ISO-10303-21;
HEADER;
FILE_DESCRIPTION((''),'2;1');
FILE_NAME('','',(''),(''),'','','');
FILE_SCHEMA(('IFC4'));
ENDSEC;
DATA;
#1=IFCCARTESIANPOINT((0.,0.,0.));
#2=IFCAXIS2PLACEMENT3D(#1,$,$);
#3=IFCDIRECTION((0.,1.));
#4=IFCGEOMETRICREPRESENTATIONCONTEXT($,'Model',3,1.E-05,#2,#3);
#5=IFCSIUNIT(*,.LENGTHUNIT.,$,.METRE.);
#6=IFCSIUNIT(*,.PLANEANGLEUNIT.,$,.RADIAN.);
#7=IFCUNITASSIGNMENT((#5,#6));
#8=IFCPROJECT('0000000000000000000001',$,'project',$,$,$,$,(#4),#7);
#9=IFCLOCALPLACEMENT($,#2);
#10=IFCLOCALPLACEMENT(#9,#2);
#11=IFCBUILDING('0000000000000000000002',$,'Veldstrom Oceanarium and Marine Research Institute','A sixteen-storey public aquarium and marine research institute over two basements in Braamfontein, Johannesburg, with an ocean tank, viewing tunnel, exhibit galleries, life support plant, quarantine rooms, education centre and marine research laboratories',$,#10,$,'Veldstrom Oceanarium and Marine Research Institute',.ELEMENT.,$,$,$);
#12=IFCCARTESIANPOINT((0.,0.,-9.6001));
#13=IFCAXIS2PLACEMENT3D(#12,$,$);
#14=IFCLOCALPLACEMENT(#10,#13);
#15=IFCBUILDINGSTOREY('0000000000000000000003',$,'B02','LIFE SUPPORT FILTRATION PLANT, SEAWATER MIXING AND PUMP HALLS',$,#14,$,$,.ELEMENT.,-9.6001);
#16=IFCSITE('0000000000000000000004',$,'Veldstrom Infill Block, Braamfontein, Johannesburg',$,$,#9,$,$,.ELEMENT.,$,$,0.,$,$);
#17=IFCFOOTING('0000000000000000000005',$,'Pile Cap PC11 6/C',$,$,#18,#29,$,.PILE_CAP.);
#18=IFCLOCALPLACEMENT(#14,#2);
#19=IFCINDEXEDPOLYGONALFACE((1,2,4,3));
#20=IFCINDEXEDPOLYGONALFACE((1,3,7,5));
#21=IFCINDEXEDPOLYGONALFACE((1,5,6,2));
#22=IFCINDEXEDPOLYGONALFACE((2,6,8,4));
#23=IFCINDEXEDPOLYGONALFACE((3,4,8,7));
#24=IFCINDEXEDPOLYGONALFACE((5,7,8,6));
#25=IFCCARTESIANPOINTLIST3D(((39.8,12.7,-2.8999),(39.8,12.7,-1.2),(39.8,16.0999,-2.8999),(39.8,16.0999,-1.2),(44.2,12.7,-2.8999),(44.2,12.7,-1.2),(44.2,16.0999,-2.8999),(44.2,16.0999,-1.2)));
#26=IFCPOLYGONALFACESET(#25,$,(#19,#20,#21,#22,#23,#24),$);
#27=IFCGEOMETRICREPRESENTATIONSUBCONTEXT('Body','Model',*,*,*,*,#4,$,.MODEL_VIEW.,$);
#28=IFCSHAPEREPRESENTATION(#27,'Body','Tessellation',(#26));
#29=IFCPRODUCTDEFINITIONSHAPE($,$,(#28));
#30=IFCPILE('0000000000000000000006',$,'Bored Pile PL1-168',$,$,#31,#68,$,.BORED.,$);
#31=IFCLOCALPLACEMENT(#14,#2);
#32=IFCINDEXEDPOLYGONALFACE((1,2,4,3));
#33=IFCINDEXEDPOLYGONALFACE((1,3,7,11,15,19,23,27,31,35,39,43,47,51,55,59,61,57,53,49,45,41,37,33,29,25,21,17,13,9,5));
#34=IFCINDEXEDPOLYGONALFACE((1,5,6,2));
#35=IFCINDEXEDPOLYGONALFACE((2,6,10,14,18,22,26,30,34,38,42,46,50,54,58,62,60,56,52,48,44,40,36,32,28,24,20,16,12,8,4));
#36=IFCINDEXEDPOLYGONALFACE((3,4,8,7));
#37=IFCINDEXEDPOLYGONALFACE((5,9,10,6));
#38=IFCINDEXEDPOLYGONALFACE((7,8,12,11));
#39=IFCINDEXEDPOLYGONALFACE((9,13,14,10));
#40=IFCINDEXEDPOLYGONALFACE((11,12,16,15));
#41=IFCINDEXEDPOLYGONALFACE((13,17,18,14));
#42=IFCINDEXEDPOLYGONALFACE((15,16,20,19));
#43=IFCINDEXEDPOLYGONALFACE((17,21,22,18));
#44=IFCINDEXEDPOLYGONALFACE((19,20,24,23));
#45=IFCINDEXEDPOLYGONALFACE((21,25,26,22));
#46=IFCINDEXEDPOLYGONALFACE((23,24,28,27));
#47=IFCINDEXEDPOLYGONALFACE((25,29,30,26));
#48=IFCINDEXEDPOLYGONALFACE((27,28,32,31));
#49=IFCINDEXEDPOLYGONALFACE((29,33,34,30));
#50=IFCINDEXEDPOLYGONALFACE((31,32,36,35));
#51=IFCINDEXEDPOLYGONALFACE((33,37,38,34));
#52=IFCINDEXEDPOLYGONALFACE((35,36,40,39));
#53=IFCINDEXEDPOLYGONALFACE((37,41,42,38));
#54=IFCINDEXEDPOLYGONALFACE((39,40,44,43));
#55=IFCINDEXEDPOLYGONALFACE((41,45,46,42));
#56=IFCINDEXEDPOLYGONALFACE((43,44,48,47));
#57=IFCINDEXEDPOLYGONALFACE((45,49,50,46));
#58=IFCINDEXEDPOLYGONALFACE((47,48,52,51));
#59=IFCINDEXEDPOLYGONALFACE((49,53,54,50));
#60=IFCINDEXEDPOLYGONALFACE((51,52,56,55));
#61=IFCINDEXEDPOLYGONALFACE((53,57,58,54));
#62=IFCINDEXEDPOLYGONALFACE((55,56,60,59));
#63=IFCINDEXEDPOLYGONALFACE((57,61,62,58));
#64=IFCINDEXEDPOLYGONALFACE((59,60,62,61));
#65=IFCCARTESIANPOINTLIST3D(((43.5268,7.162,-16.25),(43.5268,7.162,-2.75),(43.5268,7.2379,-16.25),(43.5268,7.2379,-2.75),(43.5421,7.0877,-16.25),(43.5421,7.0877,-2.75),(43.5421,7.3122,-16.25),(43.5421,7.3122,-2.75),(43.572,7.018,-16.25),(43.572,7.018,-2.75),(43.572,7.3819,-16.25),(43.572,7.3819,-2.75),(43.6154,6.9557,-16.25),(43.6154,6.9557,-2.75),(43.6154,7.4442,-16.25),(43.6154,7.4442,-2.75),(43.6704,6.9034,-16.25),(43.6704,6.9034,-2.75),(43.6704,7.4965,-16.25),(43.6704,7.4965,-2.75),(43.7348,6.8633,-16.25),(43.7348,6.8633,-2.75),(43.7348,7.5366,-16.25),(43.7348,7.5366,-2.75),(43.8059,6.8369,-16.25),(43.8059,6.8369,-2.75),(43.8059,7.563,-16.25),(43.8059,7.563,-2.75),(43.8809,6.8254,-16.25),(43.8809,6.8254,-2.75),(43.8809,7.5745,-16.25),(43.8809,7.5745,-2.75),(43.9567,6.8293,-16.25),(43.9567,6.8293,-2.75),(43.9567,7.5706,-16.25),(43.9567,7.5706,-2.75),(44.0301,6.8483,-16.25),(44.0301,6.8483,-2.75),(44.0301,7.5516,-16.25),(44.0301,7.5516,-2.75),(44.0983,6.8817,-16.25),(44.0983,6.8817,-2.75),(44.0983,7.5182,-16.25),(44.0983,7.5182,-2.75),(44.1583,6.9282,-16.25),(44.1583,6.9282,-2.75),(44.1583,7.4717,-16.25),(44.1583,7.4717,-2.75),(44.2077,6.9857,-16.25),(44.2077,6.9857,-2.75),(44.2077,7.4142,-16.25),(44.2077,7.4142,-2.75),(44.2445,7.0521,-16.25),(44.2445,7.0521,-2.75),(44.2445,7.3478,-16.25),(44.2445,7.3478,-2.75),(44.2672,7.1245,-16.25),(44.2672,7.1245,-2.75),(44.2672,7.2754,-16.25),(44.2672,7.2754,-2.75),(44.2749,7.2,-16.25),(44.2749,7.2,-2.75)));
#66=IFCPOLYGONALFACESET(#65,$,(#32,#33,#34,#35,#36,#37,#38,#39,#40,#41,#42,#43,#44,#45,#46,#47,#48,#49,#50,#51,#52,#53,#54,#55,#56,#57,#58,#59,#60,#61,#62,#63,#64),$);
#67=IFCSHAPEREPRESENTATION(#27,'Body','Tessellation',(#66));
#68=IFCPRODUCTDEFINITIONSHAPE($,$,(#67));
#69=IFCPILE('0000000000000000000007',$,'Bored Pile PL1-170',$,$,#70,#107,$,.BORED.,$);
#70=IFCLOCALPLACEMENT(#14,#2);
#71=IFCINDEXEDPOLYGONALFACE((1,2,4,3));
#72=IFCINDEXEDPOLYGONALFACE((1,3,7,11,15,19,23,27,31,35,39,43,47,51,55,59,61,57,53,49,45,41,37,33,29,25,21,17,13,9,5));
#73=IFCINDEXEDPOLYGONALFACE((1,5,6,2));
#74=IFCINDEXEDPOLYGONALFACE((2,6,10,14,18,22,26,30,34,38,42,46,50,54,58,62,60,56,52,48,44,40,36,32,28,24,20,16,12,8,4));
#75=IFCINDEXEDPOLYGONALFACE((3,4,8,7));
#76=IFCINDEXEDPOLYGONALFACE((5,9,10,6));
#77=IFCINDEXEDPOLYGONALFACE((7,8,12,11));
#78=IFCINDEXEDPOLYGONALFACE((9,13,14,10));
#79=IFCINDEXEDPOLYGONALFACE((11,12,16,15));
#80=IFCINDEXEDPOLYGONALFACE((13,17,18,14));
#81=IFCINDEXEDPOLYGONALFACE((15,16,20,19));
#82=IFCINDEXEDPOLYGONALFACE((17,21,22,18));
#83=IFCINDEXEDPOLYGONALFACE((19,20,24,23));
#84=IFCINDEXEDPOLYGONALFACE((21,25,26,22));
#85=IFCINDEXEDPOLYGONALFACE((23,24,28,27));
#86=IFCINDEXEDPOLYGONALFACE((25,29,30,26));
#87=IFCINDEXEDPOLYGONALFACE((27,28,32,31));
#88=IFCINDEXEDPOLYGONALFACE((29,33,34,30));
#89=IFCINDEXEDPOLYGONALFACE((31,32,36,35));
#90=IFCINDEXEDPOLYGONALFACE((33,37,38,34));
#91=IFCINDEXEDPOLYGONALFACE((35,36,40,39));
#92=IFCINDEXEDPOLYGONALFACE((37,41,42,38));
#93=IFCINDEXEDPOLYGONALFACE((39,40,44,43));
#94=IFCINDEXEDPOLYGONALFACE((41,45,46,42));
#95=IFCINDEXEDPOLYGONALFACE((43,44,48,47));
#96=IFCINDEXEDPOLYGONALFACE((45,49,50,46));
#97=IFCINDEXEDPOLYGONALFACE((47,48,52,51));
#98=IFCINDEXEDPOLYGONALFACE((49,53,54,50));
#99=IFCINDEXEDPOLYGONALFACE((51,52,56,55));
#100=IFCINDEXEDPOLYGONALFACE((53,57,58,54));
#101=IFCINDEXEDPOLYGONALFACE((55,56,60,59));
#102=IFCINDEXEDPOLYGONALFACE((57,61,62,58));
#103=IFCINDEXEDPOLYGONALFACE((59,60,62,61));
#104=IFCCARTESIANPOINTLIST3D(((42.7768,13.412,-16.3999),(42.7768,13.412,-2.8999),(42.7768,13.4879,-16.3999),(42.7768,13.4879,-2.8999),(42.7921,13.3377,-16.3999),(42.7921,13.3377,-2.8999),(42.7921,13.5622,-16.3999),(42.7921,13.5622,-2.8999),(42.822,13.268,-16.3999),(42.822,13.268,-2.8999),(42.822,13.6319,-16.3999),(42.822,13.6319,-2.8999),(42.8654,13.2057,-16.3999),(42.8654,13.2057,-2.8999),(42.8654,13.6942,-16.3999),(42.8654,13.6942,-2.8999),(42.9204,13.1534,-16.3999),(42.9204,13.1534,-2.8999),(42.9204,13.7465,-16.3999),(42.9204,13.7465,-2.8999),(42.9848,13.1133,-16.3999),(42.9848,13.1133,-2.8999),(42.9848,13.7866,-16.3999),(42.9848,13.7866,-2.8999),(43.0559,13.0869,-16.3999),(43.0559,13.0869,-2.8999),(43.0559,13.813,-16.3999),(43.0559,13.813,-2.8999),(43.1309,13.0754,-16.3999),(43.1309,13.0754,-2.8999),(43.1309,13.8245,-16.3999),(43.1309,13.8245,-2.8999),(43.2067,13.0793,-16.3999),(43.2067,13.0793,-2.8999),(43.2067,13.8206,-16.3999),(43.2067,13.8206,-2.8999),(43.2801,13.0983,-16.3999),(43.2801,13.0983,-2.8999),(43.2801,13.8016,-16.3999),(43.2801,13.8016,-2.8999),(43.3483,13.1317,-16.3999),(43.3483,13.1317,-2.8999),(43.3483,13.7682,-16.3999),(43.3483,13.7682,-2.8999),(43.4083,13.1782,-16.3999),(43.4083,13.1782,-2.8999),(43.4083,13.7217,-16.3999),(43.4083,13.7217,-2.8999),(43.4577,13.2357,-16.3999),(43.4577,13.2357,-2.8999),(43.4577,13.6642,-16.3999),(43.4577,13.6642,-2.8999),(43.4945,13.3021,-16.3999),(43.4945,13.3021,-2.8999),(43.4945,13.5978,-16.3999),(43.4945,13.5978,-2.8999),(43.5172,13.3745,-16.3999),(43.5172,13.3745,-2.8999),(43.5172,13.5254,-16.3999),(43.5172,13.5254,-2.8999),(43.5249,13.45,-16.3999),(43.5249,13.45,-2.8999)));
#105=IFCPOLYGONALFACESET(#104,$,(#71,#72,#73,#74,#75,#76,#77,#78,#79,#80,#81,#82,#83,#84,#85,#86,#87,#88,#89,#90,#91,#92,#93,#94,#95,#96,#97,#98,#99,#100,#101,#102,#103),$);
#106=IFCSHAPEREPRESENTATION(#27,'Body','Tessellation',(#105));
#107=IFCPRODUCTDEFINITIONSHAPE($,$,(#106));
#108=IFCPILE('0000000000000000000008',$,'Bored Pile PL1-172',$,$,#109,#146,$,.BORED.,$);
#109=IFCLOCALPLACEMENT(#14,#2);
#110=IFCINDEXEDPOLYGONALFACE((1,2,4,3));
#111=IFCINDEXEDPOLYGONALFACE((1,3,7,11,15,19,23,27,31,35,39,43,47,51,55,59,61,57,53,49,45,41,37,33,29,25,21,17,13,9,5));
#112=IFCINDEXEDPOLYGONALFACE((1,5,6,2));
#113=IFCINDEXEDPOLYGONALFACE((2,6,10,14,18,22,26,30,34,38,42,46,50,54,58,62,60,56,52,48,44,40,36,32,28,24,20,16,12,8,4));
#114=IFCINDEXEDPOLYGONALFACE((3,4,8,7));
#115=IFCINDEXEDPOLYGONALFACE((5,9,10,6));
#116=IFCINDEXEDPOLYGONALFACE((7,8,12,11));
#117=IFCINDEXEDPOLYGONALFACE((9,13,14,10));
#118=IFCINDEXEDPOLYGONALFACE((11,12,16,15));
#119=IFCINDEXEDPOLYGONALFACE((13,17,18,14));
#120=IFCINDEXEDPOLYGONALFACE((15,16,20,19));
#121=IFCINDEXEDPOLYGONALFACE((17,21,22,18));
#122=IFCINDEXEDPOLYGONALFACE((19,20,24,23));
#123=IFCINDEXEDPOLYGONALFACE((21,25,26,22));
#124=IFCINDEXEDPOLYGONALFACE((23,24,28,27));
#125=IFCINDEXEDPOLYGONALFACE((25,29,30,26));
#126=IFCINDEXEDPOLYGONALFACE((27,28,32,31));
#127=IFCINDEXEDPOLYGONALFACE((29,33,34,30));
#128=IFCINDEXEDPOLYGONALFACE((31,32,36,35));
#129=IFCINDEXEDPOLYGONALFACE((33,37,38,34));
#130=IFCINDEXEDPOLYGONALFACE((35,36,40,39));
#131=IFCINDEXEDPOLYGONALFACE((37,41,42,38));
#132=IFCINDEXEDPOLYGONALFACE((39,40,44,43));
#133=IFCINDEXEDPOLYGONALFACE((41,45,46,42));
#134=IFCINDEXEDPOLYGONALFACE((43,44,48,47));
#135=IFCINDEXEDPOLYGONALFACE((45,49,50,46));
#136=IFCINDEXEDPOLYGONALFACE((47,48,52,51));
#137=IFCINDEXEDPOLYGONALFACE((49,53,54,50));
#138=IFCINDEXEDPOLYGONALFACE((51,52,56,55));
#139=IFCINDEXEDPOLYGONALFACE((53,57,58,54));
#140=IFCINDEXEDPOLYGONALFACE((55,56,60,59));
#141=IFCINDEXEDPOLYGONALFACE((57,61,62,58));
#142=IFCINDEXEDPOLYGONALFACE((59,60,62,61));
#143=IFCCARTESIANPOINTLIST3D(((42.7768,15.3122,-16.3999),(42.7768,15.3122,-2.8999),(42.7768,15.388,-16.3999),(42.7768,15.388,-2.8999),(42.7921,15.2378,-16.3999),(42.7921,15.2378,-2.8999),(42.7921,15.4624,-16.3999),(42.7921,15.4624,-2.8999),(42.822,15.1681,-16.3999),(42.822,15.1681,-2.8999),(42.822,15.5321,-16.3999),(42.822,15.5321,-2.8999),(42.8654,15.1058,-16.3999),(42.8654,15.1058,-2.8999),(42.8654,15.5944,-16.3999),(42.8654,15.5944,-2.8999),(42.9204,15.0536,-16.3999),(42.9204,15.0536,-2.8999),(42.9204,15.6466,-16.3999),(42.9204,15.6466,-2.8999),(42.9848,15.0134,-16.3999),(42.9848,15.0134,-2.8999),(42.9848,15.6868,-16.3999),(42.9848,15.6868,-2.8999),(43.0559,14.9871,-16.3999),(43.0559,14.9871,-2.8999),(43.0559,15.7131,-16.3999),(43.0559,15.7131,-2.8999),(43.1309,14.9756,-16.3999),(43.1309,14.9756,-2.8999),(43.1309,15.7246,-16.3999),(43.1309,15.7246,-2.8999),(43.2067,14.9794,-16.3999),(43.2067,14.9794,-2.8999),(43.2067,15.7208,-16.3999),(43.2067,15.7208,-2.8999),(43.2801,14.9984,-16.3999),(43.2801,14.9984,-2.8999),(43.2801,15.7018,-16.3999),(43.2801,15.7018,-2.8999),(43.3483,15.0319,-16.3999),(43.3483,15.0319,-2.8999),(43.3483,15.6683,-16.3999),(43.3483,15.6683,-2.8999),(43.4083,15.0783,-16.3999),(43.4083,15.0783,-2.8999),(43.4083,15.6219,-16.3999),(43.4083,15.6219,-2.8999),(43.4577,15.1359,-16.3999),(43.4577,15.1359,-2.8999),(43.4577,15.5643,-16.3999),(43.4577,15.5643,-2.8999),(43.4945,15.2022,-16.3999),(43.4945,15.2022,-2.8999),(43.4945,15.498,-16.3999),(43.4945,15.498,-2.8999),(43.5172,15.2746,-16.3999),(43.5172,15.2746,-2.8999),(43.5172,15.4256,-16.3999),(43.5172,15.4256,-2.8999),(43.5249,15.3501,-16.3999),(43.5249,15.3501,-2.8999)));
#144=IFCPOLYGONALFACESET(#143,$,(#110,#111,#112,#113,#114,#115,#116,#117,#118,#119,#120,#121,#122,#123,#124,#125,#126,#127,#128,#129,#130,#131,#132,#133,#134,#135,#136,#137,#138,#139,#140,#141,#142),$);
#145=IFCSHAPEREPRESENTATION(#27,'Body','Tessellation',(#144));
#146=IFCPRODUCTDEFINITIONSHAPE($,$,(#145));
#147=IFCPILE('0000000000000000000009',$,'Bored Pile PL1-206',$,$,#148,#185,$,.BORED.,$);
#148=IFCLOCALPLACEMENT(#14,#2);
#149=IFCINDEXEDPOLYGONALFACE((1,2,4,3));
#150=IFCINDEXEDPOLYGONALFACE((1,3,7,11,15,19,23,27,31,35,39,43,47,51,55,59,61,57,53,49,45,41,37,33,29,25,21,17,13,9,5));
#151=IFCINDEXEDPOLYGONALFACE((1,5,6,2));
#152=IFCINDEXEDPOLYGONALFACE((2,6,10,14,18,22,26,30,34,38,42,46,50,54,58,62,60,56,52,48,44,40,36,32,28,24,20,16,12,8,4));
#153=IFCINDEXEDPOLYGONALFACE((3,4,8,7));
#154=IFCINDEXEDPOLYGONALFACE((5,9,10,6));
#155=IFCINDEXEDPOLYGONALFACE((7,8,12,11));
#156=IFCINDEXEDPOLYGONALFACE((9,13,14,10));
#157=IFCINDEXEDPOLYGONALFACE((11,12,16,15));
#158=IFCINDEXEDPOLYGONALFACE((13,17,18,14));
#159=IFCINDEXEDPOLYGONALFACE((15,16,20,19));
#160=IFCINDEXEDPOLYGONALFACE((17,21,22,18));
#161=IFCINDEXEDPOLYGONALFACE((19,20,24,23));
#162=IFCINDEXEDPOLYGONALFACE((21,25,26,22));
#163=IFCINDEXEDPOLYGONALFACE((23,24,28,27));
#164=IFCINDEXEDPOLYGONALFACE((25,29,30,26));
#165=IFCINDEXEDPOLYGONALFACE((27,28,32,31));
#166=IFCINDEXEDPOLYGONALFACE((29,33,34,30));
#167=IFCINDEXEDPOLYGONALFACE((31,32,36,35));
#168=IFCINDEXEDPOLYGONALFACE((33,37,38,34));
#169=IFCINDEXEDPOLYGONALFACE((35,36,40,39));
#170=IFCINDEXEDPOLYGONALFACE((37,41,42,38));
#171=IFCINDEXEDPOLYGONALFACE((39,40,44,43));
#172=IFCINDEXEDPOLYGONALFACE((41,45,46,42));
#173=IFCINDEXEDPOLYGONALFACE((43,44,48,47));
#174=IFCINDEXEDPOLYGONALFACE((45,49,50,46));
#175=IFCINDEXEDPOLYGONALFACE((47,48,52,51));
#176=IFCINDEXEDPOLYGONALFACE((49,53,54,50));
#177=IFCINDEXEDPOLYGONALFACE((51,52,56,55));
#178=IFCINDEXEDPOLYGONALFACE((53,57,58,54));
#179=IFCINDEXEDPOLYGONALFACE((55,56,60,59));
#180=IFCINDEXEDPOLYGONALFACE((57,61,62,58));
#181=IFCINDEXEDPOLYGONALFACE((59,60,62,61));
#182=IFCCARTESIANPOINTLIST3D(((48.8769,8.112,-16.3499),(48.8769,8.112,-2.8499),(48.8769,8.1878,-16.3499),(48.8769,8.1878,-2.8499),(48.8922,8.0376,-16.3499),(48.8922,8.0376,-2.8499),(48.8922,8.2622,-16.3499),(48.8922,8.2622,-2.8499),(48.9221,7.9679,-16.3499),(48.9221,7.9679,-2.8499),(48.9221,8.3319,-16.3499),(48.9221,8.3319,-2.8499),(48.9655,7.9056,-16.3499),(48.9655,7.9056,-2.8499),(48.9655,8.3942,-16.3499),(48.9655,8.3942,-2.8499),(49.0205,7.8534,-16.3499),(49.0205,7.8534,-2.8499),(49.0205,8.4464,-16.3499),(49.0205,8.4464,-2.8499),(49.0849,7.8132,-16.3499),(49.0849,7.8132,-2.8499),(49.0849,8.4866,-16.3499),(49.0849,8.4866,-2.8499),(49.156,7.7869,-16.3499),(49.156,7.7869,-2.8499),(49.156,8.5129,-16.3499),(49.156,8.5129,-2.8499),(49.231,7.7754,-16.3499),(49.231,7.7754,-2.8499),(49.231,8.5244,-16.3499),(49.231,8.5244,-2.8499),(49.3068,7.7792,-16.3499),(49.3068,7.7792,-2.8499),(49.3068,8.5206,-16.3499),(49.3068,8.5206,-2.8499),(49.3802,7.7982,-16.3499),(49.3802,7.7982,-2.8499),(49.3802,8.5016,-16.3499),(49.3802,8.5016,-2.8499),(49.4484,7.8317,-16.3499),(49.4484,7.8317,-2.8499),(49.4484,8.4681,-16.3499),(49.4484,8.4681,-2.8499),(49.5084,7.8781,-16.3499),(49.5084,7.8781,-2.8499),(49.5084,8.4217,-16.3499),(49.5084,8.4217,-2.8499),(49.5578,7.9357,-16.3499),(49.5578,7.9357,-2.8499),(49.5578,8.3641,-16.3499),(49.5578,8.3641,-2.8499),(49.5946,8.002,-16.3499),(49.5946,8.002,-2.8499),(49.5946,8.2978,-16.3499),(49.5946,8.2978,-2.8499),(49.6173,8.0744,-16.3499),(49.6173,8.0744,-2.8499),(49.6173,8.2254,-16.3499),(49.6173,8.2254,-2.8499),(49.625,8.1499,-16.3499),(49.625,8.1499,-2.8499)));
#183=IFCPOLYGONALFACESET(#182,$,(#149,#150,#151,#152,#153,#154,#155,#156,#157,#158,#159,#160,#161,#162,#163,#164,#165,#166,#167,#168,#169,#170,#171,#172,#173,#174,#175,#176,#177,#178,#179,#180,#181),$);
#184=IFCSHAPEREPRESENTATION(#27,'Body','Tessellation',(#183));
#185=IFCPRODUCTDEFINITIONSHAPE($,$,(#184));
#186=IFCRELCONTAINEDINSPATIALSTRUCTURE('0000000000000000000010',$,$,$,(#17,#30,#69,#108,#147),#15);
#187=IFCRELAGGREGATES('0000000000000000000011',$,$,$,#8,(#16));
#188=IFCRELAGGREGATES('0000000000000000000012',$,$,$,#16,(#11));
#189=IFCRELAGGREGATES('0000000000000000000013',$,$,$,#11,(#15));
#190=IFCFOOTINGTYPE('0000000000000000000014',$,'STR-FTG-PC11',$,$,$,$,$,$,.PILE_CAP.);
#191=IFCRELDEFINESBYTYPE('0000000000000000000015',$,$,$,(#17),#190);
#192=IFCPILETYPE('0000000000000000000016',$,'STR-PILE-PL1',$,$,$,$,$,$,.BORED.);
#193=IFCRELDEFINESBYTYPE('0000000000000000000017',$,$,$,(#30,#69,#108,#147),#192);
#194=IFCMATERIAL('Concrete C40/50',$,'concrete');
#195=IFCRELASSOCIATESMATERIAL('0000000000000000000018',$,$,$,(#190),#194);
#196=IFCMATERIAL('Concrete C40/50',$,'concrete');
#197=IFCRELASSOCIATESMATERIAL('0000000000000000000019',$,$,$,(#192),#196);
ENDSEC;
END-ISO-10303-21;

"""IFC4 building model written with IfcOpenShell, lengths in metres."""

from ifc_helpers import new_model, si_unit, direction, frame, origin, origin_2d, place, context, subcontext, project, spatial, rectangle, circle, extrude, material, material_profile, profile_set, type_object, element, save


model = new_model("IFC4")

# Units and contexts
model_context = context("Model", 3, precision=1e-05, world=origin(), true_north=direction((0.0, 1.0)))
body_context = subcontext(model_context, "Body", "Model", "MODEL_VIEW")
ifc_project = project(units=[si_unit("LENGTHUNIT", "METRE"), si_unit("PLANEANGLEUNIT", "RADIAN")], contexts=[model_context])

# Site, building, storey
site_placement = place(None, origin())
site = spatial("IfcSite", under=ifc_project, at=site_placement, Name="Veldstrom Infill Block, Braamfontein, Johannesburg", CompositionType="ELEMENT", RefElevation=0.0)
building_placement = place(site_placement, origin())
building = spatial("IfcBuilding", under=site, at=building_placement, Name="Veldstrom Oceanarium and Marine Research Institute", Description="A sixteen-storey public aquarium and marine research institute over two basements in Braamfontein, Johannesburg, with an ocean tank, viewing tunnel, exhibit galleries, life support plant, quarantine rooms, education centre and marine research laboratories", LongName="Veldstrom Oceanarium and Marine Research Institute", CompositionType="ELEMENT")
storey_placement = place(building_placement, frame((0.0, 0.0, -9.6001)))
storey = spatial("IfcBuildingStorey", under=building, at=storey_placement, Name="B02", Description="LIFE SUPPORT FILTRATION PLANT, SEAWATER MIXING AND PUMP HALLS", CompositionType="ELEMENT", Elevation=-9.6001)

# Footing
ifc_material_1 = material(Name="Concrete C40/50", Category="concrete")
footing_type = type_object("IfcFootingType", Name="STR-FTG-PC11", PredefinedType="PILE_CAP", material=ifc_material_1)
footing_placement = place(storey_placement, frame((42.0, 14.3999, -2.8999), z_axis=(0.0, 0.0, 1.0), x_axis=(1.0, 0.0, 0.0)))
element("IfcFooting", 1, at=footing_placement, inside=storey, type_object=footing_type, Name="Pile Cap PC11 6/C", PredefinedType="PILE_CAP", context=body_context, shape_type="SweptSolid", body=[
    extrude(rectangle(XDim=4.3999, YDim=3.3999, at=origin_2d()), origin(), (0.0, 0.0, 1.0), 1.7),
])

# Piles
ifc_material_2 = material(Name="Concrete C40/50", Category="concrete")
ifc_material_profile_1 = material_profile(ifc_material_2, circle(Radius=0.375, at=origin_2d()), Name="PILE-D750")
ifc_profile_set_1 = profile_set([ifc_material_profile_1], Name="Concrete C40/50")
pile_type_1 = type_object("IfcPileType", Name="STR-PILE-PL1", PredefinedType="BORED", material=ifc_profile_set_1)
for number, where, z_axis, x_axis, name in (
    (2, (43.8999, 7.2, -2.75), (0.0, 0.0, -1.0), (1.0, 0.0, 0.0), "Bored Pile PL1-168"),
    (3, (43.1499, 13.45, -2.8999), (0.0, 0.0, -1.0), (1.0, 0.0, 0.0), "Bored Pile PL1-170"),
    (4, (43.1499, 15.3501, -2.8999), (0.0, 0.0, -1.0), (1.0, 0.0, 0.0), "Bored Pile PL1-172"),
    (5, (49.25, 8.1499, -2.8499), (0.0, 0.0, -1.0), (1.0, 0.0, 0.0), "Bored Pile PL1-206"),
):
    element("IfcPile", number, at=place(storey_placement, frame(where, z_axis=z_axis, x_axis=x_axis)), inside=storey, type_object=pile_type_1, Name=name, PredefinedType="BORED", context=body_context, shape_type="SweptSolid", body=[
        extrude(circle(Radius=0.375, at=origin_2d()), origin(), (0.0, 0.0, 1.0), 13.5),
    ])

save(model, "model.ifc")
